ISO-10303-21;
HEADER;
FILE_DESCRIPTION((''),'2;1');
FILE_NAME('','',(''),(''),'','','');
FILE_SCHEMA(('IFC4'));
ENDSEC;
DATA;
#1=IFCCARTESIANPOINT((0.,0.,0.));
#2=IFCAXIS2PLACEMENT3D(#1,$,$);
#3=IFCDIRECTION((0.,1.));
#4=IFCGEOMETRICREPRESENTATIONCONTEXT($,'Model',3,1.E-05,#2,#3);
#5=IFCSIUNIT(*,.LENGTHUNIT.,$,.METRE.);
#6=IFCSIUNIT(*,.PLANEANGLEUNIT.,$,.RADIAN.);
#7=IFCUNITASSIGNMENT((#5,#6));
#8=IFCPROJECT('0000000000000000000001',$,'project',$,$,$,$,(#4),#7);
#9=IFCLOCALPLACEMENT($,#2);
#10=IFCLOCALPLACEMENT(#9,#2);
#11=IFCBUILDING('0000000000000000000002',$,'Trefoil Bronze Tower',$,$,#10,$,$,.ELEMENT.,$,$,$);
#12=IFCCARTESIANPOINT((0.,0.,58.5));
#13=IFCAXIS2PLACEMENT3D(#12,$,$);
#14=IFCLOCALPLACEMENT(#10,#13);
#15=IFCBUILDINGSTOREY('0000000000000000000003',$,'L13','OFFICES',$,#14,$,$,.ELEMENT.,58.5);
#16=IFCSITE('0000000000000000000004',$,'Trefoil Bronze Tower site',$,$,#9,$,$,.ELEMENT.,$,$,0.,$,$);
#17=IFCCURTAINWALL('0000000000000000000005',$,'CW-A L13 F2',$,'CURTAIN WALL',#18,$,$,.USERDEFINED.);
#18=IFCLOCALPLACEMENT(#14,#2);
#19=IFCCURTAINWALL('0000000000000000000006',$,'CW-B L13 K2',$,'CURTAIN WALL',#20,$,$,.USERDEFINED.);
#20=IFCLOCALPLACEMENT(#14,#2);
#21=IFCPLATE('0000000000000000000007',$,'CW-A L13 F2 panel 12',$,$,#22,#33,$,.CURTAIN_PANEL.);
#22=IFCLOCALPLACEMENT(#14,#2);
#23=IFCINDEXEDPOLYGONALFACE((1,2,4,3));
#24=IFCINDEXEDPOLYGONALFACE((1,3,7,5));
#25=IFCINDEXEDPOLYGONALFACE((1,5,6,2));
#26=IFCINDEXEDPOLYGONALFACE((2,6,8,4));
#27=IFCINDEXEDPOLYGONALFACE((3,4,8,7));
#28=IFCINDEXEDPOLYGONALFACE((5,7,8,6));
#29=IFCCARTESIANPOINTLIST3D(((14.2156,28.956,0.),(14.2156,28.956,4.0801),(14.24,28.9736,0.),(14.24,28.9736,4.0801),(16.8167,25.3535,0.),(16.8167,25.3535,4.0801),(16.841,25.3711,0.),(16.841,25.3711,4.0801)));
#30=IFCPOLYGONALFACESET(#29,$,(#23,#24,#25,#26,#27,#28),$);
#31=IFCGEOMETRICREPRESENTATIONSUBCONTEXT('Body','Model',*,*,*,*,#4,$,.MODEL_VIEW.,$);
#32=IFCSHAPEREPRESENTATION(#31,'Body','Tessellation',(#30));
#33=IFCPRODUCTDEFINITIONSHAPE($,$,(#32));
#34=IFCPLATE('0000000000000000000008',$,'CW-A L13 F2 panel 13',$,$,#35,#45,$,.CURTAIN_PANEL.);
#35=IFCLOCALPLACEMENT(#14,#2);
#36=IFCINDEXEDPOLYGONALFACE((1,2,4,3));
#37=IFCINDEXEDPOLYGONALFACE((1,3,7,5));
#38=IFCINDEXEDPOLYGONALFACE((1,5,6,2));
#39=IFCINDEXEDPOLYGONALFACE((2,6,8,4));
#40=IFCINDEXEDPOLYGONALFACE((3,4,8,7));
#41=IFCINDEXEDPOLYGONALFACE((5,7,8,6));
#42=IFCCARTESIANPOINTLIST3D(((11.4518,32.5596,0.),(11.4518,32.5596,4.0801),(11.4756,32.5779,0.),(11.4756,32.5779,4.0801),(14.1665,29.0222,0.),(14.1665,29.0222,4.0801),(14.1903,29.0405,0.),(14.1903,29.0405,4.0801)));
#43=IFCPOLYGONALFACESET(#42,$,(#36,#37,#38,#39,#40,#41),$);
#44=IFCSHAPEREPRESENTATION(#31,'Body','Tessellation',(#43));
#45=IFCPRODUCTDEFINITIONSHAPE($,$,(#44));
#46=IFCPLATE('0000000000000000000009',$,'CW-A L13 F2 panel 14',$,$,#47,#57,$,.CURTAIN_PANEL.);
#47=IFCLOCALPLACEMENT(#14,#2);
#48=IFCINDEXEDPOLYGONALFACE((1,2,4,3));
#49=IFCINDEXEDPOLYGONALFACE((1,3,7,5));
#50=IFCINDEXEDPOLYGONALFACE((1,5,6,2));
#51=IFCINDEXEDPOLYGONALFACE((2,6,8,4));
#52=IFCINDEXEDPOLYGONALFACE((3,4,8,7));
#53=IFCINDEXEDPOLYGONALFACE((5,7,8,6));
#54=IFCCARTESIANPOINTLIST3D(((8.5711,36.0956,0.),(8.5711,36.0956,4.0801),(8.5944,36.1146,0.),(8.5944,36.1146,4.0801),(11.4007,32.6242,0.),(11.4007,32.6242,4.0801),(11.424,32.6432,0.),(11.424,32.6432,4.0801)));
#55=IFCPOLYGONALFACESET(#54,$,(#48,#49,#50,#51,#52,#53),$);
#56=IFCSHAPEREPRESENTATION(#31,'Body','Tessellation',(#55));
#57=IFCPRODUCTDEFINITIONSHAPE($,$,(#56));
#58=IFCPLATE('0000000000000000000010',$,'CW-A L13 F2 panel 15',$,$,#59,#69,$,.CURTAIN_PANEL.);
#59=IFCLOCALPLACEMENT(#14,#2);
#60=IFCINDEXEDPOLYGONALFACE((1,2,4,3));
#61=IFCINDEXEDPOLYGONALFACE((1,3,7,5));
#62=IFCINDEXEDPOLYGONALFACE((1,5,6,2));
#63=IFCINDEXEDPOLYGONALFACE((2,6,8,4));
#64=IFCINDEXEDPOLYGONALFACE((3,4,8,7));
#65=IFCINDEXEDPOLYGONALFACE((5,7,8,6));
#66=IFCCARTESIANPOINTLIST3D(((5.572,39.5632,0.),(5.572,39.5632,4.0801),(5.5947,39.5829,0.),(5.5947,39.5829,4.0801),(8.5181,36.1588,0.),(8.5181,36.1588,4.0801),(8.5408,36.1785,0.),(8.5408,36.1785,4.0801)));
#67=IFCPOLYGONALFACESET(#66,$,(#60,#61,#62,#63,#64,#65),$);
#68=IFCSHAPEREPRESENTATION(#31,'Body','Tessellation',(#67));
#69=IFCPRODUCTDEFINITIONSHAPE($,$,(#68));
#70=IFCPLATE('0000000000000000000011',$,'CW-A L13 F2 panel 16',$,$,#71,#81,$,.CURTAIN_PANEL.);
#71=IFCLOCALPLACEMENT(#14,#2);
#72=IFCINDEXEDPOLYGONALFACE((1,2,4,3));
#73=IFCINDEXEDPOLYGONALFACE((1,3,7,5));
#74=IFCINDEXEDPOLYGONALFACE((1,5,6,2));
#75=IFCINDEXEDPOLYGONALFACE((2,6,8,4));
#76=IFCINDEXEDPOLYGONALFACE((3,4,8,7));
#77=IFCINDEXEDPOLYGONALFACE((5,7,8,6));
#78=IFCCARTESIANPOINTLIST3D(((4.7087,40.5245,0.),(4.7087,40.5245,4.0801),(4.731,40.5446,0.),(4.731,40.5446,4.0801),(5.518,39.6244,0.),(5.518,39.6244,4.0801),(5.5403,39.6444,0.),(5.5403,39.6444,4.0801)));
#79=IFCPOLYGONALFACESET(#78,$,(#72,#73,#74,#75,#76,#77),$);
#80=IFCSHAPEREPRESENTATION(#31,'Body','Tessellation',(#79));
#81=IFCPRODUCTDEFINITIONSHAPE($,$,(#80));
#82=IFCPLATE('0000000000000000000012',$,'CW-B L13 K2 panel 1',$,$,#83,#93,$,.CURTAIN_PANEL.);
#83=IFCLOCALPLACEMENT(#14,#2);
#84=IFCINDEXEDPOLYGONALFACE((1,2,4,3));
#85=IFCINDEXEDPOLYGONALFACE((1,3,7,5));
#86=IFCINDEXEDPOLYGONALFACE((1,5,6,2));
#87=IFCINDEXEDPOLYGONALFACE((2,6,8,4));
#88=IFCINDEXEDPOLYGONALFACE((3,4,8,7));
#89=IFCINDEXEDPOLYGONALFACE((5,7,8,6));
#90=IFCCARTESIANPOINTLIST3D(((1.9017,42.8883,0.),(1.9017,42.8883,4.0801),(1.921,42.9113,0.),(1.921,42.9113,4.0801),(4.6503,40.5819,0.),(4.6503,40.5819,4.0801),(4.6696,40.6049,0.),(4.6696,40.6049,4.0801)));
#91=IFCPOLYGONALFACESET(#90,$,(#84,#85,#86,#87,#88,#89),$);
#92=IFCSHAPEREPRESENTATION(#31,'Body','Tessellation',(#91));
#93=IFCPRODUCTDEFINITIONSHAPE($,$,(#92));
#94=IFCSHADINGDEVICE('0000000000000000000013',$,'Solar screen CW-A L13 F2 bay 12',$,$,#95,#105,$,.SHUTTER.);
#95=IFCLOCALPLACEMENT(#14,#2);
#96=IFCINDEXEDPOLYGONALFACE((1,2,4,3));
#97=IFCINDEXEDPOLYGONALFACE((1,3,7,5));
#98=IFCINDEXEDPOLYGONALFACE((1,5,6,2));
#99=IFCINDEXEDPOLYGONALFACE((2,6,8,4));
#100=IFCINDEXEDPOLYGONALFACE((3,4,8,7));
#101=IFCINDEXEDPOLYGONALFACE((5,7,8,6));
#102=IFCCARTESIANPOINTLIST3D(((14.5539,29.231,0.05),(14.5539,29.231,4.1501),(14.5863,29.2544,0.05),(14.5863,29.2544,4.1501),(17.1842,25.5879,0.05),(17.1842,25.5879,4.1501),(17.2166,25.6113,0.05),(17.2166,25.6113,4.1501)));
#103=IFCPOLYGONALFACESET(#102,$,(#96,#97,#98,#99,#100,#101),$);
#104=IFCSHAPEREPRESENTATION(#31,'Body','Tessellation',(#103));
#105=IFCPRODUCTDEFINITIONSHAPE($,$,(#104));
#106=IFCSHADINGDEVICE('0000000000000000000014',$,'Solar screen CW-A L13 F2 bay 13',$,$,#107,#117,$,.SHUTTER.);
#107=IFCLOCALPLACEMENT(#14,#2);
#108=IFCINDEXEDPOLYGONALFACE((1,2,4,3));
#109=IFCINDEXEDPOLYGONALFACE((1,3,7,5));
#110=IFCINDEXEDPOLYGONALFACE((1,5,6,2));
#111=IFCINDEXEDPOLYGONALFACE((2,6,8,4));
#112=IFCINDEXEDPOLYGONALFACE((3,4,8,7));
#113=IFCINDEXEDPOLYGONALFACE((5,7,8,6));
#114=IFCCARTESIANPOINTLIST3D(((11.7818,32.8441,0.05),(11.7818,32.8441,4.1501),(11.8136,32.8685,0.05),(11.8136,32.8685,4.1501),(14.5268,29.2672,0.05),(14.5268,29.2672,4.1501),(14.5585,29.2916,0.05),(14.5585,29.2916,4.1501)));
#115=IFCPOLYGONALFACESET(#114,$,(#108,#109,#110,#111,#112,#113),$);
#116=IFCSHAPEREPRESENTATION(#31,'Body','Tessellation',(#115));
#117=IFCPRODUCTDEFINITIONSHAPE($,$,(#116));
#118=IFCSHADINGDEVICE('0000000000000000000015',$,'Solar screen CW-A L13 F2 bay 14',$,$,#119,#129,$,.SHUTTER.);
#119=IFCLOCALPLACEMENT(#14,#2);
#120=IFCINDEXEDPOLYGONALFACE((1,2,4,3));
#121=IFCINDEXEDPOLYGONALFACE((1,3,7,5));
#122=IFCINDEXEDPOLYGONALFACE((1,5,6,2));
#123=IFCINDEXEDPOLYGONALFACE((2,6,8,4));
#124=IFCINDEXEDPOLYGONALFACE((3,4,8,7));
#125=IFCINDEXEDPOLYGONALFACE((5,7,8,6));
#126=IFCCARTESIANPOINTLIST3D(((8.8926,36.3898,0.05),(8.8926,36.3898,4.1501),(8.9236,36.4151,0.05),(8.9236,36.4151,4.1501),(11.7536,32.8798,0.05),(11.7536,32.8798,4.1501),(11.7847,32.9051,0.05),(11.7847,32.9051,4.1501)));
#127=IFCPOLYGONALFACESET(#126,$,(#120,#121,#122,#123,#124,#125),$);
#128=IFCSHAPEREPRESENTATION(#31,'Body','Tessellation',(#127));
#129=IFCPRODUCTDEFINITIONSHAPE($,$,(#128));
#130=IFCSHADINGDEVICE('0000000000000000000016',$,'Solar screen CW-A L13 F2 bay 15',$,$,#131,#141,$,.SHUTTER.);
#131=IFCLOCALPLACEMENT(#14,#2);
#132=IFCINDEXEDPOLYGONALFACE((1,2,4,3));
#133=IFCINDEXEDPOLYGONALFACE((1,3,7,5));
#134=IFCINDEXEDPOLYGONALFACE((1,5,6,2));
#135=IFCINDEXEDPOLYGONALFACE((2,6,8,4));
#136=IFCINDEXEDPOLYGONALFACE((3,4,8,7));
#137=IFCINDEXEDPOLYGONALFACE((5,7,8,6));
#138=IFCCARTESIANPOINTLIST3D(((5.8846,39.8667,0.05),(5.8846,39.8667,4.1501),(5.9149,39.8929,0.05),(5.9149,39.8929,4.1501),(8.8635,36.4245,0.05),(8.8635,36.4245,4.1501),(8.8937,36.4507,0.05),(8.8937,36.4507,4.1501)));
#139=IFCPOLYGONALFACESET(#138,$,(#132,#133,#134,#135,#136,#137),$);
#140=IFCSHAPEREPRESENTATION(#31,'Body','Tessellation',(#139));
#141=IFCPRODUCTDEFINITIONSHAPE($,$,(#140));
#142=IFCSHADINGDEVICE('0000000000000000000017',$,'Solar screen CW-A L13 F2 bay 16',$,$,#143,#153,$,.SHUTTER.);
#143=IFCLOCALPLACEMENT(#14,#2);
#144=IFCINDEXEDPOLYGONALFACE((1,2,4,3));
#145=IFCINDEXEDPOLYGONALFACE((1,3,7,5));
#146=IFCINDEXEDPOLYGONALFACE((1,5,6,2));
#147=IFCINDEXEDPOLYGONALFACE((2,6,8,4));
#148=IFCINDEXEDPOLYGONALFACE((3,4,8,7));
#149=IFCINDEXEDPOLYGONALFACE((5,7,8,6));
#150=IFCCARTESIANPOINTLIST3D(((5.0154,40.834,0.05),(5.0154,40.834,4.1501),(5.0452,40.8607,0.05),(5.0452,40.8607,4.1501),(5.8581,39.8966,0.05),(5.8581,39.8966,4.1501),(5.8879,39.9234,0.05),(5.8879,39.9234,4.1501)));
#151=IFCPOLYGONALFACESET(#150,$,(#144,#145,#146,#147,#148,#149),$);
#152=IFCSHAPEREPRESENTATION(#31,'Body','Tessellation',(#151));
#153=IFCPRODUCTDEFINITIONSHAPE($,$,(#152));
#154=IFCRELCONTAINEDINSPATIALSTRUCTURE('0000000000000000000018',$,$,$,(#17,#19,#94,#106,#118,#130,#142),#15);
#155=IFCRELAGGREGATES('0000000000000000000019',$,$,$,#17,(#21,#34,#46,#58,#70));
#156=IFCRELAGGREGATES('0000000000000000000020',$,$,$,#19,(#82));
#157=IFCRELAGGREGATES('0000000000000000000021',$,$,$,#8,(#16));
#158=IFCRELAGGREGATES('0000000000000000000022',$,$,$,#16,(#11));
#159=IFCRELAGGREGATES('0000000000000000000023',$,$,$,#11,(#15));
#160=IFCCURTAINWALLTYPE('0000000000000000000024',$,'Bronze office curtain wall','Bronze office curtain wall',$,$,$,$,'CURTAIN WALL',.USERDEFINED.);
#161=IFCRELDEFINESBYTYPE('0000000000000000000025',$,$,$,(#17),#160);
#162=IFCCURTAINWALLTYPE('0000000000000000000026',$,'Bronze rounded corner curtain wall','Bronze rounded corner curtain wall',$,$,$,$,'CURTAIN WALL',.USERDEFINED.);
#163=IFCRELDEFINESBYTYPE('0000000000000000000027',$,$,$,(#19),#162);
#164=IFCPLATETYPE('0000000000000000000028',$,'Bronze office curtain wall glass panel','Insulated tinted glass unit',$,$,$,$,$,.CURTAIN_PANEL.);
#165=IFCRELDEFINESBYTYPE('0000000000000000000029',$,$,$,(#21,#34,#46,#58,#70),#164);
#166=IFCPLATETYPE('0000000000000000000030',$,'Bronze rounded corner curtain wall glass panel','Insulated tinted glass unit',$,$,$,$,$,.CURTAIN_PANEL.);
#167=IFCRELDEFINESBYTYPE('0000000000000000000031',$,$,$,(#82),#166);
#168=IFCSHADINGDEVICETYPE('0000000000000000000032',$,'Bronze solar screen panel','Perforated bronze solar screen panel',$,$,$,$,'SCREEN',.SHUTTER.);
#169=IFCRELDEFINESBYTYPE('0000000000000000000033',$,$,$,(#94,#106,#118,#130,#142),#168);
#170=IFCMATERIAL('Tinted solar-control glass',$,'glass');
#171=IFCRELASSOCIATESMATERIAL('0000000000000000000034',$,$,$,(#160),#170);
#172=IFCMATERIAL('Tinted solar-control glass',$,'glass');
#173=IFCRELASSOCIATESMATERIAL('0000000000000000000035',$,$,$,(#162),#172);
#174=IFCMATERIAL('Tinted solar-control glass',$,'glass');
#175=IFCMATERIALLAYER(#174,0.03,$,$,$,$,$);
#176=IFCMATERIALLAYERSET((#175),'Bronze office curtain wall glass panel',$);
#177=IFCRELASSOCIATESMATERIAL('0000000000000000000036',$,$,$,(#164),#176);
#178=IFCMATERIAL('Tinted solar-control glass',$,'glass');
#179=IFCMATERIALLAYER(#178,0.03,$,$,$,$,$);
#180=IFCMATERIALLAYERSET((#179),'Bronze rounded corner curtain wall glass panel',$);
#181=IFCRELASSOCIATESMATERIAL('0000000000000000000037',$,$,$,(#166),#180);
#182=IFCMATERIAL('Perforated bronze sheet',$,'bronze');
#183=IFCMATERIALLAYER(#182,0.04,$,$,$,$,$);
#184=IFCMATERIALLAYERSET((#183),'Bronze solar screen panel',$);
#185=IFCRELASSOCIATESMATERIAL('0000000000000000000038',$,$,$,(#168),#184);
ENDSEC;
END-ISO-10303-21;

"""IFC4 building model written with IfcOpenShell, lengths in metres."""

from ifc_helpers import new_model, si_unit, direction, frame, origin, origin_2d, place, context, subcontext, project, spatial, rectangle, extrude, material, layer, layer_set, type_object, element, aggregate, save


model = new_model("IFC4")

# Units and contexts
model_context = context("Model", 3, precision=1e-05, world=origin(), true_north=direction((0.0, 1.0)))
body_context = subcontext(model_context, "Body", "Model", "MODEL_VIEW")
ifc_project = project(units=[si_unit("LENGTHUNIT", "METRE"), si_unit("PLANEANGLEUNIT", "RADIAN")], contexts=[model_context])

# Site, building, storey
site_placement = place(None, origin())
site = spatial("IfcSite", under=ifc_project, at=site_placement, Name="Trefoil Bronze Tower site", CompositionType="ELEMENT", RefElevation=0.0)
building_placement = place(site_placement, origin())
building = spatial("IfcBuilding", under=site, at=building_placement, Name="Trefoil Bronze Tower", CompositionType="ELEMENT")
storey_placement = place(building_placement, frame((0.0, 0.0, 58.5)))
storey = spatial("IfcBuildingStorey", under=building, at=storey_placement, Name="L13", Description="OFFICES", CompositionType="ELEMENT", Elevation=58.5)

# Curtain walls
ifc_material_1 = material(Name="Tinted solar-control glass", Category="glass")
curtain_wall_type_1 = type_object("IfcCurtainWallType", Name="Bronze office curtain wall", Description="Bronze office curtain wall", ElementType="CURTAIN WALL", PredefinedType="USERDEFINED", material=ifc_material_1)
curtain_wall_1_placement = place(storey_placement, origin())
curtain_wall_1 = element("IfcCurtainWall", 1, at=curtain_wall_1_placement, inside=storey, type_object=curtain_wall_type_1, Name="CW-A L13 F2", ObjectType="CURTAIN WALL", PredefinedType="USERDEFINED")
ifc_material_2 = material(Name="Tinted solar-control glass", Category="glass")
curtain_wall_type_2 = type_object("IfcCurtainWallType", Name="Bronze rounded corner curtain wall", Description="Bronze rounded corner curtain wall", ElementType="CURTAIN WALL", PredefinedType="USERDEFINED", material=ifc_material_2)
curtain_wall_2_placement = place(storey_placement, origin())
curtain_wall_2 = element("IfcCurtainWall", 2, at=curtain_wall_2_placement, inside=storey, type_object=curtain_wall_type_2, Name="CW-B L13 K2", ObjectType="CURTAIN WALL", PredefinedType="USERDEFINED")

# Plates
ifc_material_3 = material(Name="Tinted solar-control glass", Category="glass")
ifc_layer_1 = layer(ifc_material_3, 0.03)
ifc_layer_set_1 = layer_set([ifc_layer_1], Name="Bronze office curtain wall glass panel")
plate_type_1 = type_object("IfcPlateType", Name="Bronze office curtain wall glass panel", Description="Insulated tinted glass unit", PredefinedType="CURTAIN_PANEL", material=ifc_layer_set_1)
plate_1_placement = place(storey_placement, frame((15.5283, 27.1636, 0.0), z_axis=(0.0, 0.0, 1.0), x_axis=(-0.585373, 0.810764, 0.0)))
plate_1 = element("IfcPlate", 3, at=plate_1_placement, type_object=plate_type_1, Name="CW-A L13 F2 panel 12", PredefinedType="CURTAIN_PANEL", context=body_context, shape_type="SweptSolid", body=[
    extrude(rectangle(XDim=4.4434, YDim=0.03, at=origin_2d()), origin(), (0.0, 0.0, 1.0), 4.0801),
])
plate_2_placement = place(storey_placement, frame((12.821, 30.8, 0.0), z_axis=(0.0, 0.0, 1.0), x_axis=(-0.608808, 0.793318, 0.0)))
plate_2 = element("IfcPlate", 4, at=plate_2_placement, type_object=plate_type_1, Name="CW-A L13 F2 panel 13", PredefinedType="CURTAIN_PANEL", context=body_context, shape_type="SweptSolid", body=[
    extrude(rectangle(XDim=4.459, YDim=0.03, at=origin_2d()), origin(), (0.0, 0.0, 1.0), 4.0801),
])
plate_3_placement = place(storey_placement, frame((9.9976, 34.3694, 0.0), z_axis=(0.0, 0.0, 1.0), x_axis=(-0.631811, 0.775123, 0.0)))
plate_3 = element("IfcPlate", 5, at=plate_3_placement, type_object=plate_type_1, Name="CW-A L13 F2 panel 14", PredefinedType="CURTAIN_PANEL", context=body_context, shape_type="SweptSolid", body=[
    extrude(rectangle(XDim=4.4785, YDim=0.03, at=origin_2d()), origin(), (0.0, 0.0, 1.0), 4.0801),
])
plate_4_placement = place(storey_placement, frame((7.0564, 37.8708, 0.0), z_axis=(0.0, 0.0, 1.0), x_axis=(-0.654376, 0.756169, 0.0)))
plate_4 = element("IfcPlate", 6, at=plate_4_placement, type_object=plate_type_1, Name="CW-A L13 F2 panel 15", PredefinedType="CURTAIN_PANEL", context=body_context, shape_type="SweptSolid", body=[
    extrude(rectangle(XDim=4.5022, YDim=0.03, at=origin_2d()), origin(), (0.0, 0.0, 1.0), 4.0801),
])
plate_5_placement = place(storey_placement, frame((5.1245, 40.0845, 0.0), z_axis=(0.0, 0.0, 1.0), x_axis=(-0.668575, 0.743645, 0.0)))
plate_5 = element("IfcPlate", 7, at=plate_5_placement, type_object=plate_type_1, Name="CW-A L13 F2 panel 16", PredefinedType="CURTAIN_PANEL", context=body_context, shape_type="SweptSolid", body=[
    extrude(rectangle(XDim=1.2104, YDim=0.03, at=origin_2d()), origin(), (0.0, 0.0, 1.0), 4.0801),
])
aggregate(curtain_wall_1, [plate_1, plate_2, plate_3, plate_4, plate_5])
ifc_material_4 = material(Name="Tinted solar-control glass", Category="glass")
ifc_layer_2 = layer(ifc_material_4, 0.03)
ifc_layer_set_2 = layer_set([ifc_layer_2], Name="Bronze rounded corner curtain wall glass panel")
plate_type_2 = type_object("IfcPlateType", Name="Bronze rounded corner curtain wall glass panel", Description="Insulated tinted glass unit", PredefinedType="CURTAIN_PANEL", material=ifc_layer_set_2)
plate_6_placement = place(storey_placement, frame((3.2856, 41.7466, 0.0), z_axis=(0.0, 0.0, 1.0), x_axis=(-0.766044, 0.642788, 0.0)))
plate_6 = element("IfcPlate", 8, at=plate_6_placement, type_object=plate_type_2, Name="CW-B L13 K2 panel 1", PredefinedType="CURTAIN_PANEL", context=body_context, shape_type="SweptSolid", body=[
    extrude(rectangle(XDim=3.5881, YDim=0.03, at=origin_2d()), origin(), (0.0, 0.0, 1.0), 4.0801),
])
aggregate(curtain_wall_2, [plate_6])

# Shading devices
ifc_material_5 = material(Name="Perforated bronze sheet", Category="bronze")
ifc_layer_3 = layer(ifc_material_5, 0.04)
ifc_layer_set_3 = layer_set([ifc_layer_3], Name="Bronze solar screen panel")
shading_device_type = type_object("IfcShadingDeviceType", Name="Bronze solar screen panel", Description="Perforated bronze solar screen panel", ElementType="SCREEN", PredefinedType="SHUTTER", material=ifc_layer_set_3)
shading_device_1_placement = place(storey_placement, frame((15.8853, 27.4211, 0.05), z_axis=(0.0, 0.0, 1.0), x_axis=(-0.585373, 0.810764, 0.0)))
element("IfcShadingDevice", 9, at=shading_device_1_placement, inside=storey, type_object=shading_device_type, Name="Solar screen CW-A L13 F2 bay 12", PredefinedType="SHUTTER", context=body_context, shape_type="SweptSolid", body=[
    extrude(rectangle(XDim=4.4934, YDim=0.04, at=origin_2d()), origin(), (0.0, 0.0, 1.0), 4.1001),
])
shading_device_2_placement = place(storey_placement, frame((13.1702, 31.0679, 0.05), z_axis=(0.0, 0.0, 1.0), x_axis=(-0.608808, 0.793318, 0.0)))
element("IfcShadingDevice", 10, at=shading_device_2_placement, inside=storey, type_object=shading_device_type, Name="Solar screen CW-A L13 F2 bay 13", PredefinedType="SHUTTER", context=body_context, shape_type="SweptSolid", body=[
    extrude(rectangle(XDim=4.5088, YDim=0.04, at=origin_2d()), origin(), (0.0, 0.0, 1.0), 4.1001),
])
shading_device_3_placement = place(storey_placement, frame((10.3386, 34.6475, 0.05), z_axis=(0.0, 0.0, 1.0), x_axis=(-0.631811, 0.775123, 0.0)))
element("IfcShadingDevice", 11, at=shading_device_3_placement, inside=storey, type_object=shading_device_type, Name="Solar screen CW-A L13 F2 bay 14", PredefinedType="SHUTTER", context=body_context, shape_type="SweptSolid", body=[
    extrude(rectangle(XDim=4.5283, YDim=0.04, at=origin_2d()), origin(), (0.0, 0.0, 1.0), 4.1001),
])
shading_device_4_placement = place(storey_placement, frame((7.3892, 38.1587, 0.05), z_axis=(0.0, 0.0, 1.0), x_axis=(-0.654376, 0.756169, 0.0)))
element("IfcShadingDevice", 12, at=shading_device_4_placement, inside=storey, type_object=shading_device_type, Name="Solar screen CW-A L13 F2 bay 15", PredefinedType="SHUTTER", context=body_context, shape_type="SweptSolid", body=[
    extrude(rectangle(XDim=4.5522, YDim=0.04, at=origin_2d()), origin(), (0.0, 0.0, 1.0), 4.1001),
])
shading_device_5_placement = place(storey_placement, frame((5.4517, 40.3787, 0.05), z_axis=(0.0, 0.0, 1.0), x_axis=(-0.668575, 0.743645, 0.0)))
element("IfcShadingDevice", 13, at=shading_device_5_placement, inside=storey, type_object=shading_device_type, Name="Solar screen CW-A L13 F2 bay 16", PredefinedType="SHUTTER", context=body_context, shape_type="SweptSolid", body=[
    extrude(rectangle(XDim=1.2605, YDim=0.04, at=origin_2d()), origin(), (0.0, 0.0, 1.0), 4.1001),
])

save(model, "model.ifc")
